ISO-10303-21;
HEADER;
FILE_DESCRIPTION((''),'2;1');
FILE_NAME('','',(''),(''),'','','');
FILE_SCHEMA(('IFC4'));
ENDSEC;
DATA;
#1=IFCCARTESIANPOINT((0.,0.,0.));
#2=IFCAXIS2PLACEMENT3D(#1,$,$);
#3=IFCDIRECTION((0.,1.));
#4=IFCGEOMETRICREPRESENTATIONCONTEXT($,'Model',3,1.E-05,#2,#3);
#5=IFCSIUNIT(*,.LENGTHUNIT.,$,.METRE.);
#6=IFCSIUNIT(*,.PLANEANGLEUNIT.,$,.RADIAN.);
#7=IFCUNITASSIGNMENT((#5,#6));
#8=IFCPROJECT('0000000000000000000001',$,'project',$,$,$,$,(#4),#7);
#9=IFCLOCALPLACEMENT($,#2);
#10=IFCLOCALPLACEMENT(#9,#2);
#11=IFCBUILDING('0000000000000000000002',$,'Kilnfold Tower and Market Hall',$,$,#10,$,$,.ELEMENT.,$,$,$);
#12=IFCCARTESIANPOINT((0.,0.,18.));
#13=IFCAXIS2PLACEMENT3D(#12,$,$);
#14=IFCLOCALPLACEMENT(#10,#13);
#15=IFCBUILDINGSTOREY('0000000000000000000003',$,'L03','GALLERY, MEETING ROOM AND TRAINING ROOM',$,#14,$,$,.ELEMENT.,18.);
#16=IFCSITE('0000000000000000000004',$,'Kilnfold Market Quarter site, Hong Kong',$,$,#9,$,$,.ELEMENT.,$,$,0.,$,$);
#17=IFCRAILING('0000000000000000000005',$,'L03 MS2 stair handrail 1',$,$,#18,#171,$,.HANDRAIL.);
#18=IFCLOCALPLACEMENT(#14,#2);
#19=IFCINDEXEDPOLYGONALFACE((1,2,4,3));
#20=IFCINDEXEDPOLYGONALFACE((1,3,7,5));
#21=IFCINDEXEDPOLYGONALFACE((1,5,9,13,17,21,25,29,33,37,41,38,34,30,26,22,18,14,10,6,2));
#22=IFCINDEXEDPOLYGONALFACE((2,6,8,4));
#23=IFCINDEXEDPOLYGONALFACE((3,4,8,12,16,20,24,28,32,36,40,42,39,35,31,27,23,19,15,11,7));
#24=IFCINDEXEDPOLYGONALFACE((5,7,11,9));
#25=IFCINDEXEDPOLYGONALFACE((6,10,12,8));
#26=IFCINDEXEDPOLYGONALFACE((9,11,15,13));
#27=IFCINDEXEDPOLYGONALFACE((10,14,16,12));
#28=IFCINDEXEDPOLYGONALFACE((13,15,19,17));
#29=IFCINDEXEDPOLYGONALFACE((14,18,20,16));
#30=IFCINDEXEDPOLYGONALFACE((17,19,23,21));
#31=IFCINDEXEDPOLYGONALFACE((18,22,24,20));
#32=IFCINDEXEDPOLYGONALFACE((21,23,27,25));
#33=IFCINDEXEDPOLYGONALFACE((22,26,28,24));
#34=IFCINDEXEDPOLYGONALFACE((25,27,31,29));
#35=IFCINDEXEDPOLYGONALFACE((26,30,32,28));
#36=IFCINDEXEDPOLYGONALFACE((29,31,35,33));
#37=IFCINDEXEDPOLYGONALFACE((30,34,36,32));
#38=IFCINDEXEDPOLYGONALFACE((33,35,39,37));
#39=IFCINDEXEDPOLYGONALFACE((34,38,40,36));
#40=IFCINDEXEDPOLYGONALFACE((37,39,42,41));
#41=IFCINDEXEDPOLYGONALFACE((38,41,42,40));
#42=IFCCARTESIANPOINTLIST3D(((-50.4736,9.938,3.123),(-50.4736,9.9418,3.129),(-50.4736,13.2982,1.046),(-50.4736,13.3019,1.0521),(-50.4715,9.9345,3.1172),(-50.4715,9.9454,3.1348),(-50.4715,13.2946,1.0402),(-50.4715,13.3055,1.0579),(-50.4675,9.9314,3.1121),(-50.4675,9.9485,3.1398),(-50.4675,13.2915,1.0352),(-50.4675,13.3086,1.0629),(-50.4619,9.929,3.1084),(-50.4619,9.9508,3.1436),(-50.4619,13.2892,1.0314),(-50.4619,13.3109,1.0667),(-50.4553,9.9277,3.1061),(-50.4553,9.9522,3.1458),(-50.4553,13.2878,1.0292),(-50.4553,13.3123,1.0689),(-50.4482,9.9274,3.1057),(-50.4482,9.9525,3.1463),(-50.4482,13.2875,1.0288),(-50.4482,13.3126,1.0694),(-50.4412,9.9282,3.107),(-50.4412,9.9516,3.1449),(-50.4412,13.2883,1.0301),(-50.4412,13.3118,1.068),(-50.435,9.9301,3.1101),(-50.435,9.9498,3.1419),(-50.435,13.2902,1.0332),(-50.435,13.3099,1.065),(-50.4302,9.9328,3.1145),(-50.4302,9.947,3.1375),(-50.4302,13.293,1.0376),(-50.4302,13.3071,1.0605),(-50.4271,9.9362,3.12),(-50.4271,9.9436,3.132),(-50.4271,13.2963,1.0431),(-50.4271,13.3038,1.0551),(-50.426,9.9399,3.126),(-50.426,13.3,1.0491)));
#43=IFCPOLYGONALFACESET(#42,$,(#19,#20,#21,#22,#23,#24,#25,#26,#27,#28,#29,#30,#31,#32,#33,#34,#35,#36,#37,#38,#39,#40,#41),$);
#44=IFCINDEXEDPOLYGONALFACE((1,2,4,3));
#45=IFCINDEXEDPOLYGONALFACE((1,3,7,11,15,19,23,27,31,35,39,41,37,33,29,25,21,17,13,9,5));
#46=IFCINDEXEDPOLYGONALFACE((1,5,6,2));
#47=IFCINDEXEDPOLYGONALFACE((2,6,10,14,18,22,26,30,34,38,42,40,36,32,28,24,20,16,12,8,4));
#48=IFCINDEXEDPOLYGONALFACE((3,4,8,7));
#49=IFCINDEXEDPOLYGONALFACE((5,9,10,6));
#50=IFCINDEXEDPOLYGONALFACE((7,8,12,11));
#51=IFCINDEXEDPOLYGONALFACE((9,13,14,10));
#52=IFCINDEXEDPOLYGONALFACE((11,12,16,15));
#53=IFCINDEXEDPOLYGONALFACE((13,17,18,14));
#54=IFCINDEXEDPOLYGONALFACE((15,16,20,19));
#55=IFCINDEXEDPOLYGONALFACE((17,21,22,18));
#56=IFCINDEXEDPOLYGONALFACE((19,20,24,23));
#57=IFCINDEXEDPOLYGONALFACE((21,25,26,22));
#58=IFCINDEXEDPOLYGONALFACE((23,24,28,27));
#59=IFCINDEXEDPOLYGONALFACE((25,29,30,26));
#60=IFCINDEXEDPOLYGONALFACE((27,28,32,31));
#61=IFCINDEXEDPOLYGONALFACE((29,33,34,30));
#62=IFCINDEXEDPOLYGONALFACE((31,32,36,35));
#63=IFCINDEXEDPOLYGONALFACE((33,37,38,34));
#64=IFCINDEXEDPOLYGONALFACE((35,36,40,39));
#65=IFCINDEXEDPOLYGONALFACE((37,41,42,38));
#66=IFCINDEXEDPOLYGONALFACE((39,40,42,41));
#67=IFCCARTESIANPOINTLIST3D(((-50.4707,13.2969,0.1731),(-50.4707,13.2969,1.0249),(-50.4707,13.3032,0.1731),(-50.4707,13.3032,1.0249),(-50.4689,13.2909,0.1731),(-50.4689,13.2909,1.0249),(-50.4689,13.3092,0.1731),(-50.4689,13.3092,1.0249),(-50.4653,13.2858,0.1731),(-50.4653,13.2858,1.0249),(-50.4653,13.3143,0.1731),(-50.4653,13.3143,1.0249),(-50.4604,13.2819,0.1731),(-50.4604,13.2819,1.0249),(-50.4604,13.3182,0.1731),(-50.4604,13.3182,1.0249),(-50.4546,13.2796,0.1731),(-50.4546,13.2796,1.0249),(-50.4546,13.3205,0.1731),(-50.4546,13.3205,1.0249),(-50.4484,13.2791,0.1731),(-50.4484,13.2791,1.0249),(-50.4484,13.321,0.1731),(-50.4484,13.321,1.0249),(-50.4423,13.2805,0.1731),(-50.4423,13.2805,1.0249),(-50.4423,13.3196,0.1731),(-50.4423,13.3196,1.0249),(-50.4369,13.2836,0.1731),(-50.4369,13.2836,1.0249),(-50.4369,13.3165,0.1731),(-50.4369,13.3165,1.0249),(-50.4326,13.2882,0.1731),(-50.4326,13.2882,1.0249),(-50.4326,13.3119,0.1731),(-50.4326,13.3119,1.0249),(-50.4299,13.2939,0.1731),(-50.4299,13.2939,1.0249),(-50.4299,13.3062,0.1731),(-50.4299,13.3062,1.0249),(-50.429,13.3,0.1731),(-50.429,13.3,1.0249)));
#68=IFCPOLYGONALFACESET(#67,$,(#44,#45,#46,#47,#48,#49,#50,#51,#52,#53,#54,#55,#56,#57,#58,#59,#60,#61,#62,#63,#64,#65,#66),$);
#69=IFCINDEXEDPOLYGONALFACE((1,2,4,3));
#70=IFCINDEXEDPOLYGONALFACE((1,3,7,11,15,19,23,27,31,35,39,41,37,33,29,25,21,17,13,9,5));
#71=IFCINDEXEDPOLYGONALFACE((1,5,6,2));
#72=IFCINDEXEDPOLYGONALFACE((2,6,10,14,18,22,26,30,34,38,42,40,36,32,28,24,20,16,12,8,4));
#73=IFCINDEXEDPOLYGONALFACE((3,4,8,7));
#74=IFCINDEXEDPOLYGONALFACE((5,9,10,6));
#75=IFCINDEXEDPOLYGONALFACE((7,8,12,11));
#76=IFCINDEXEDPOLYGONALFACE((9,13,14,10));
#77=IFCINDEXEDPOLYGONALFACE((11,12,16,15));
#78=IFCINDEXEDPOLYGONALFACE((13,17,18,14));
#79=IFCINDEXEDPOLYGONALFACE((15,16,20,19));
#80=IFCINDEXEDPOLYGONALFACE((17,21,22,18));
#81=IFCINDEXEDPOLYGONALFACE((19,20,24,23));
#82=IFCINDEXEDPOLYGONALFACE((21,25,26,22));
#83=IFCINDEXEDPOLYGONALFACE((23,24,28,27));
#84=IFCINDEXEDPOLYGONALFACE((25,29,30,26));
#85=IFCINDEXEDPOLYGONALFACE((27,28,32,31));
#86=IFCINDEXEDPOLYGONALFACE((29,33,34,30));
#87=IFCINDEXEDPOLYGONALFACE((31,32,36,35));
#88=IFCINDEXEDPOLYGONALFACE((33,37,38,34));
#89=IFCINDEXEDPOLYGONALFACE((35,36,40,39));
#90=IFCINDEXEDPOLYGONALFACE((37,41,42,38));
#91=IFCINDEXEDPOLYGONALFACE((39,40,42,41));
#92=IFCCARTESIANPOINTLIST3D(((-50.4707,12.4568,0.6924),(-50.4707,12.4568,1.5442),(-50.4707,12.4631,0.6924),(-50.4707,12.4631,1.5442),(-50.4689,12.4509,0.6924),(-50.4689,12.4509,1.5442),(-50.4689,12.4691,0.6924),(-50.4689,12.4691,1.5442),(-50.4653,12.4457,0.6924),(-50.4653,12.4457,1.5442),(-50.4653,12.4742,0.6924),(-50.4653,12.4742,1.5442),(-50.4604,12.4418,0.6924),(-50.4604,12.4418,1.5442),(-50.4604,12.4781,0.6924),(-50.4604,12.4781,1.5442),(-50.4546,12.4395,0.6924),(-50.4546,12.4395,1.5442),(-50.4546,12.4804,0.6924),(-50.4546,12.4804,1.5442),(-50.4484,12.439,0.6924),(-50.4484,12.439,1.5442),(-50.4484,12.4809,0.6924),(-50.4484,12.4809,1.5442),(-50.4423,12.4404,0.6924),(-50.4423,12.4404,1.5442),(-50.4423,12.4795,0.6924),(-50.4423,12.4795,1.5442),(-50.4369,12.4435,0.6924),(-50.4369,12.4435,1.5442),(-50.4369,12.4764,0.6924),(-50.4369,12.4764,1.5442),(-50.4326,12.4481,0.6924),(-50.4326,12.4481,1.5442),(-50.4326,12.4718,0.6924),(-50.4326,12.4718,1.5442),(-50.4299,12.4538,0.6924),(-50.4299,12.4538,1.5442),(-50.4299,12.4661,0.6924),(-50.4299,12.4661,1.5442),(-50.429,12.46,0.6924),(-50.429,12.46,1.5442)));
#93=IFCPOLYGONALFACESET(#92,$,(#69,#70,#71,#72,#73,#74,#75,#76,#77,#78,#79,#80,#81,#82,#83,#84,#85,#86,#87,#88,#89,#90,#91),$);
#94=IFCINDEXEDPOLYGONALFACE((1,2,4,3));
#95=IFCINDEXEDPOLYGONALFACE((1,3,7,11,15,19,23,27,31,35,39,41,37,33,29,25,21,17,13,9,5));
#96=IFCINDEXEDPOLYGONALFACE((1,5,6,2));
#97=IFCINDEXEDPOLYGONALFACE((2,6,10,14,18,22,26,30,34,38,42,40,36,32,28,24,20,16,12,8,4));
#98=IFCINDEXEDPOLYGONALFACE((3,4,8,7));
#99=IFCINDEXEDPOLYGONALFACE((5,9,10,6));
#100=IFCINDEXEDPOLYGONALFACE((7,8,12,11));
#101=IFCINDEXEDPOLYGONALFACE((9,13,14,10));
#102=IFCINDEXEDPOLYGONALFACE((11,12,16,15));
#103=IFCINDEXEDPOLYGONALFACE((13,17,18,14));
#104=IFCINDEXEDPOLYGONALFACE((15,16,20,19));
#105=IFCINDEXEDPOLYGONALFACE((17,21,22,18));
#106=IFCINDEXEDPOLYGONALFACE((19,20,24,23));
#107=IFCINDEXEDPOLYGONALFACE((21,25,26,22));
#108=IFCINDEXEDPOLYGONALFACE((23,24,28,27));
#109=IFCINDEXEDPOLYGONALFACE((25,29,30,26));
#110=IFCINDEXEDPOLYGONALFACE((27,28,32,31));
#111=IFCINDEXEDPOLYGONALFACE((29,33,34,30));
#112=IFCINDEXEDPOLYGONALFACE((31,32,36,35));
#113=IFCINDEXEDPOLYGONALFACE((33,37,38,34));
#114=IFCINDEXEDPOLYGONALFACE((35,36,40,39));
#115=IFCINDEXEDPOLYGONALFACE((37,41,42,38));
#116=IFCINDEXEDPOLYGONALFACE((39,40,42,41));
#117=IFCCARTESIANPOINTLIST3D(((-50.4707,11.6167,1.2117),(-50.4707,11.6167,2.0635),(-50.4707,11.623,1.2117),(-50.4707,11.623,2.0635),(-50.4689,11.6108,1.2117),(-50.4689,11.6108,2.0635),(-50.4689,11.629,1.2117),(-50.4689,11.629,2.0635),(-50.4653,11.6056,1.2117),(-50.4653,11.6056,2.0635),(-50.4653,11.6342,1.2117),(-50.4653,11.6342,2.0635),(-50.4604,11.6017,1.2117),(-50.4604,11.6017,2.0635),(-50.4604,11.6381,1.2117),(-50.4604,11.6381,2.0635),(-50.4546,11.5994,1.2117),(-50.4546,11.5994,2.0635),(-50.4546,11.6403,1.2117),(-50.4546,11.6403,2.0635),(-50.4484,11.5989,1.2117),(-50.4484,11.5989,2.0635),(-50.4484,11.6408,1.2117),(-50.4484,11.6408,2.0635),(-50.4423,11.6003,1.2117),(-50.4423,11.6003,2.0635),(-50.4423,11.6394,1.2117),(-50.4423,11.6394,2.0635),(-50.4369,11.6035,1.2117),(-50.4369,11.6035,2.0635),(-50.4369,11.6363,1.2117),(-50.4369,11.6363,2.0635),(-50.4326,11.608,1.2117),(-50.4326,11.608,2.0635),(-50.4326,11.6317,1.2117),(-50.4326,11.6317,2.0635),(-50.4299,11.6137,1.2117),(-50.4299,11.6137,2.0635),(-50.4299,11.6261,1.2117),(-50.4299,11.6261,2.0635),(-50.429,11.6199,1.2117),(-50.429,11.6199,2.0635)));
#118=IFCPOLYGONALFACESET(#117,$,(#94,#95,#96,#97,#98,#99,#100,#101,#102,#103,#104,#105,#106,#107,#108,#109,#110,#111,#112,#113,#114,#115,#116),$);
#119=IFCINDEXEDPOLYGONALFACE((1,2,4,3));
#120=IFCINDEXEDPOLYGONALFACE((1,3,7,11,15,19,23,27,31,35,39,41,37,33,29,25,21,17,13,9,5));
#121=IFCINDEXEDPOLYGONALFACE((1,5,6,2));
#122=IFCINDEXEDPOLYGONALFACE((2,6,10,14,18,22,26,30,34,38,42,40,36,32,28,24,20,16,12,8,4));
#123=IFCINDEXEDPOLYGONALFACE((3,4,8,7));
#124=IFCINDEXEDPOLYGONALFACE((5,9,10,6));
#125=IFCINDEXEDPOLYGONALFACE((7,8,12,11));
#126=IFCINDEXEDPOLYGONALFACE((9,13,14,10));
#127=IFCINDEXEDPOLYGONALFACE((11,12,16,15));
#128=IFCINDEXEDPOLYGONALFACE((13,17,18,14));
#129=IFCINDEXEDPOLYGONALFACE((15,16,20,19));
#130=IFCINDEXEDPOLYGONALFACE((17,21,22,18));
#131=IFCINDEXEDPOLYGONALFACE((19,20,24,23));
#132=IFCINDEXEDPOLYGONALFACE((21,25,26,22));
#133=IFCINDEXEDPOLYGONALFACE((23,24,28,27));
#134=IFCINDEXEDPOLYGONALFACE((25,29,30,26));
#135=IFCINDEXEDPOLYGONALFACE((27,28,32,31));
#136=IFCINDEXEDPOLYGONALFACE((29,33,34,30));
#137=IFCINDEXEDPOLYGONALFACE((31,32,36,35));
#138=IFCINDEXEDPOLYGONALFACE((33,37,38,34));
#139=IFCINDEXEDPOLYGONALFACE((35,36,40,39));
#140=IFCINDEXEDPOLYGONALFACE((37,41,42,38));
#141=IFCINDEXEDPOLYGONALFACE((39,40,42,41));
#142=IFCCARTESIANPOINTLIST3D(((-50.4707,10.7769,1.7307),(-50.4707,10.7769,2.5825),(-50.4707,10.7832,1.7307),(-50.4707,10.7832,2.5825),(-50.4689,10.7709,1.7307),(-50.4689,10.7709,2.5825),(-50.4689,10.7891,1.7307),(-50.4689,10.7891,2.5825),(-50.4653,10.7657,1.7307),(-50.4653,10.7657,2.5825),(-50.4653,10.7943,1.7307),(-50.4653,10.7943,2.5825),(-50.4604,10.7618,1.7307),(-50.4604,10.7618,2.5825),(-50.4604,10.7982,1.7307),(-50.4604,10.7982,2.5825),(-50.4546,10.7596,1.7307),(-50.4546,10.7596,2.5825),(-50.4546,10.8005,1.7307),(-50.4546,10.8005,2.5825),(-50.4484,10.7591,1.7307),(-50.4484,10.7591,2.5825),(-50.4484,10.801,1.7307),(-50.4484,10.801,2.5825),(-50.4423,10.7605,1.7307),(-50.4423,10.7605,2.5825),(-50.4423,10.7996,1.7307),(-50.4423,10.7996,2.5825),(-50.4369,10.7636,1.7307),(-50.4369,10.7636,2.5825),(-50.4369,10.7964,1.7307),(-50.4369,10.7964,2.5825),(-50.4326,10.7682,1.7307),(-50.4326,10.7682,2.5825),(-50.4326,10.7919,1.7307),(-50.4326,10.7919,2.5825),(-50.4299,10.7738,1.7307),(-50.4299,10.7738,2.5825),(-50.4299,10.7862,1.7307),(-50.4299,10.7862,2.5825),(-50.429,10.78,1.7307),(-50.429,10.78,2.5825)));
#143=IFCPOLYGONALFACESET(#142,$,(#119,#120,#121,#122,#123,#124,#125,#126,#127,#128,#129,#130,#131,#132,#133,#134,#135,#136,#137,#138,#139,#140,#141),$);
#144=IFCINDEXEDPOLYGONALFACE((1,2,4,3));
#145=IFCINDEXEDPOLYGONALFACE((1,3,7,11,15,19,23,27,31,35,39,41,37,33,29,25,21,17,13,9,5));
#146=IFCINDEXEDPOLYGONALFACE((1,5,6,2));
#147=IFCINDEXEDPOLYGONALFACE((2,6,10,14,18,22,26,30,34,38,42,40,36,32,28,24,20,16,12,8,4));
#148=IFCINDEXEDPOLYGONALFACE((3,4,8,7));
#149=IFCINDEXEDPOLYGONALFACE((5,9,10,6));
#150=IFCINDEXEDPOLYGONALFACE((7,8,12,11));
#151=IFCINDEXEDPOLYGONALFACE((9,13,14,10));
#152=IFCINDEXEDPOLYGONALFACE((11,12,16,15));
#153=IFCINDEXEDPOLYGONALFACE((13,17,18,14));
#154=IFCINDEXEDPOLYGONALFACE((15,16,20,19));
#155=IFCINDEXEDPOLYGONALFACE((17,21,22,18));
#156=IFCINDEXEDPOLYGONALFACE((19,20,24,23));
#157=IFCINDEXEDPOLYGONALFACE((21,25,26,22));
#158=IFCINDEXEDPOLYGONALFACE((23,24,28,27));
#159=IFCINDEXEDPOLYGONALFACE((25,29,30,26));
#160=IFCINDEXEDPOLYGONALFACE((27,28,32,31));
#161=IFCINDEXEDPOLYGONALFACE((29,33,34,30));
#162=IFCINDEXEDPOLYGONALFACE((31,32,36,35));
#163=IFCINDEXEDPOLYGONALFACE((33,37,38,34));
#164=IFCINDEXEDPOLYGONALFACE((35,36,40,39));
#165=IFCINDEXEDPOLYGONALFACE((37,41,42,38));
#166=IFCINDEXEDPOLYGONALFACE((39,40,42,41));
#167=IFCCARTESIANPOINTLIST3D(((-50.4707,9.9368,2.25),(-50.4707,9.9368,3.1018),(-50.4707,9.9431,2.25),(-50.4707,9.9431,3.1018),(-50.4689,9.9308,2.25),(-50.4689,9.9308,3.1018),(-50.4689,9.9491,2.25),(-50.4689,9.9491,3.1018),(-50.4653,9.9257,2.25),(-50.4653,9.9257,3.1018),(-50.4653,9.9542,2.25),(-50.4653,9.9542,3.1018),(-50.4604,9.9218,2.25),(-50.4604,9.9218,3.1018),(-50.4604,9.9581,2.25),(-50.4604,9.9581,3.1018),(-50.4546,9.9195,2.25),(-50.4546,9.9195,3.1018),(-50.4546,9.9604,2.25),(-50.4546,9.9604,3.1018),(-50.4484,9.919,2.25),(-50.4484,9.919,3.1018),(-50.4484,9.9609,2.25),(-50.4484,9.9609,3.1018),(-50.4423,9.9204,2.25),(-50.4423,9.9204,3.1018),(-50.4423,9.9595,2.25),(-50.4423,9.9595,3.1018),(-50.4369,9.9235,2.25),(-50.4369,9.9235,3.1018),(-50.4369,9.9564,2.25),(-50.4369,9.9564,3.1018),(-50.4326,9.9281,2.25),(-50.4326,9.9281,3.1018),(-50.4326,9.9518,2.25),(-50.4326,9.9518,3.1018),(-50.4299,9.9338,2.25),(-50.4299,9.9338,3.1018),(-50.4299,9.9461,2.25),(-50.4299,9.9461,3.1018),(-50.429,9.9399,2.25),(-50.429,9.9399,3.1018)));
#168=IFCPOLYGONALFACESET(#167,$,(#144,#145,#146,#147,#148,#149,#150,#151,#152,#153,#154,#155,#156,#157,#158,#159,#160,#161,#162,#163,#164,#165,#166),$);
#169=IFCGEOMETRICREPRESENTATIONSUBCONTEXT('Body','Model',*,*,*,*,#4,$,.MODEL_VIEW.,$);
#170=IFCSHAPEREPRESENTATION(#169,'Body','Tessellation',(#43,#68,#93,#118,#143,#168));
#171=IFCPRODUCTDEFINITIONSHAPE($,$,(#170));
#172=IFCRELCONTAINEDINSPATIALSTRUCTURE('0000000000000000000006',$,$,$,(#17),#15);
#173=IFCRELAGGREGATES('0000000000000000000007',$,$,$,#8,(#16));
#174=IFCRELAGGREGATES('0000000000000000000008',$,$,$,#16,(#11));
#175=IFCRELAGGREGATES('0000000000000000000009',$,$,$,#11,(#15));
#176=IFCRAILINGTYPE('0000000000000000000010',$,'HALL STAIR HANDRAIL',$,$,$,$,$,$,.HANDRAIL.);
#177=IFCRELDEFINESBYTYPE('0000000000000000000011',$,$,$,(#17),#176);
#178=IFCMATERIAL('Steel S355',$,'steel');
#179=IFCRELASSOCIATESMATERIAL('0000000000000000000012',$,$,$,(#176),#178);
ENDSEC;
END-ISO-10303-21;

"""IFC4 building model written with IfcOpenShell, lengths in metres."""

from ifc_helpers import new_model, si_unit, direction, frame, origin, origin_2d, place, context, subcontext, project, spatial, circle, extrude, material, type_object, element, save


model = new_model("IFC4")

# Units and contexts
model_context = context("Model", 3, precision=1e-05, world=origin(), true_north=direction((0.0, 1.0)))
body_context = subcontext(model_context, "Body", "Model", "MODEL_VIEW")
ifc_project = project(units=[si_unit("LENGTHUNIT", "METRE"), si_unit("PLANEANGLEUNIT", "RADIAN")], contexts=[model_context])

# Site, building, storey
site_placement = place(None, origin())
site = spatial("IfcSite", under=ifc_project, at=site_placement, Name="Kilnfold Market Quarter site, Hong Kong", CompositionType="ELEMENT", RefElevation=0.0)
building_placement = place(site_placement, origin())
building = spatial("IfcBuilding", under=site, at=building_placement, Name="Kilnfold Tower and Market Hall", CompositionType="ELEMENT")
storey_placement = place(building_placement, frame((0.0, 0.0, 18.0)))
storey = spatial("IfcBuildingStorey", under=building, at=storey_placement, Name="L03", Description="GALLERY, MEETING ROOM AND TRAINING ROOM", CompositionType="ELEMENT", Elevation=18.0)

# Railing
ifc_material_1 = material(Name="Steel S355", Category="steel")
railing_type_1 = type_object("IfcRailingType", Name="HALL STAIR HANDRAIL", PredefinedType="HANDRAIL", material=ifc_material_1)
railing_1_placement = place(storey_placement, frame((-50.45, 13.3, 0.1731)))
element("IfcRailing", 1, at=railing_1_placement, inside=storey, type_object=railing_type_1, Name="L03 MS2 stair handrail 1", PredefinedType="HANDRAIL", context=body_context, shape_type="SweptSolid", body=[
    extrude(circle(Radius=0.0239, at=origin_2d()), frame((0.0, 0.0, 0.876), z_axis=(0.0, -0.850623, 0.525776), x_axis=(1.0, 0.0, 0.0)), (0.0, 0.0, 1.0), 3.9502),
    extrude(circle(Radius=0.021, at=origin_2d()), origin(), (0.0, 0.0, 1.0), 0.8518),
    extrude(circle(Radius=0.021, at=origin_2d()), frame((0.0, -0.8401, 0.5193)), (0.0, 0.0, 1.0), 0.8518),
    extrude(circle(Radius=0.021, at=origin_2d()), frame((0.0, -1.6802, 1.0386)), (0.0, 0.0, 1.0), 0.8518),
    extrude(circle(Radius=0.021, at=origin_2d()), frame((0.0, -2.52, 1.5576)), (0.0, 0.0, 1.0), 0.8518),
    extrude(circle(Radius=0.021, at=origin_2d()), frame((0.0, -3.3601, 2.0769)), (0.0, 0.0, 1.0), 0.8518),
])

save(model, "model.ifc")
